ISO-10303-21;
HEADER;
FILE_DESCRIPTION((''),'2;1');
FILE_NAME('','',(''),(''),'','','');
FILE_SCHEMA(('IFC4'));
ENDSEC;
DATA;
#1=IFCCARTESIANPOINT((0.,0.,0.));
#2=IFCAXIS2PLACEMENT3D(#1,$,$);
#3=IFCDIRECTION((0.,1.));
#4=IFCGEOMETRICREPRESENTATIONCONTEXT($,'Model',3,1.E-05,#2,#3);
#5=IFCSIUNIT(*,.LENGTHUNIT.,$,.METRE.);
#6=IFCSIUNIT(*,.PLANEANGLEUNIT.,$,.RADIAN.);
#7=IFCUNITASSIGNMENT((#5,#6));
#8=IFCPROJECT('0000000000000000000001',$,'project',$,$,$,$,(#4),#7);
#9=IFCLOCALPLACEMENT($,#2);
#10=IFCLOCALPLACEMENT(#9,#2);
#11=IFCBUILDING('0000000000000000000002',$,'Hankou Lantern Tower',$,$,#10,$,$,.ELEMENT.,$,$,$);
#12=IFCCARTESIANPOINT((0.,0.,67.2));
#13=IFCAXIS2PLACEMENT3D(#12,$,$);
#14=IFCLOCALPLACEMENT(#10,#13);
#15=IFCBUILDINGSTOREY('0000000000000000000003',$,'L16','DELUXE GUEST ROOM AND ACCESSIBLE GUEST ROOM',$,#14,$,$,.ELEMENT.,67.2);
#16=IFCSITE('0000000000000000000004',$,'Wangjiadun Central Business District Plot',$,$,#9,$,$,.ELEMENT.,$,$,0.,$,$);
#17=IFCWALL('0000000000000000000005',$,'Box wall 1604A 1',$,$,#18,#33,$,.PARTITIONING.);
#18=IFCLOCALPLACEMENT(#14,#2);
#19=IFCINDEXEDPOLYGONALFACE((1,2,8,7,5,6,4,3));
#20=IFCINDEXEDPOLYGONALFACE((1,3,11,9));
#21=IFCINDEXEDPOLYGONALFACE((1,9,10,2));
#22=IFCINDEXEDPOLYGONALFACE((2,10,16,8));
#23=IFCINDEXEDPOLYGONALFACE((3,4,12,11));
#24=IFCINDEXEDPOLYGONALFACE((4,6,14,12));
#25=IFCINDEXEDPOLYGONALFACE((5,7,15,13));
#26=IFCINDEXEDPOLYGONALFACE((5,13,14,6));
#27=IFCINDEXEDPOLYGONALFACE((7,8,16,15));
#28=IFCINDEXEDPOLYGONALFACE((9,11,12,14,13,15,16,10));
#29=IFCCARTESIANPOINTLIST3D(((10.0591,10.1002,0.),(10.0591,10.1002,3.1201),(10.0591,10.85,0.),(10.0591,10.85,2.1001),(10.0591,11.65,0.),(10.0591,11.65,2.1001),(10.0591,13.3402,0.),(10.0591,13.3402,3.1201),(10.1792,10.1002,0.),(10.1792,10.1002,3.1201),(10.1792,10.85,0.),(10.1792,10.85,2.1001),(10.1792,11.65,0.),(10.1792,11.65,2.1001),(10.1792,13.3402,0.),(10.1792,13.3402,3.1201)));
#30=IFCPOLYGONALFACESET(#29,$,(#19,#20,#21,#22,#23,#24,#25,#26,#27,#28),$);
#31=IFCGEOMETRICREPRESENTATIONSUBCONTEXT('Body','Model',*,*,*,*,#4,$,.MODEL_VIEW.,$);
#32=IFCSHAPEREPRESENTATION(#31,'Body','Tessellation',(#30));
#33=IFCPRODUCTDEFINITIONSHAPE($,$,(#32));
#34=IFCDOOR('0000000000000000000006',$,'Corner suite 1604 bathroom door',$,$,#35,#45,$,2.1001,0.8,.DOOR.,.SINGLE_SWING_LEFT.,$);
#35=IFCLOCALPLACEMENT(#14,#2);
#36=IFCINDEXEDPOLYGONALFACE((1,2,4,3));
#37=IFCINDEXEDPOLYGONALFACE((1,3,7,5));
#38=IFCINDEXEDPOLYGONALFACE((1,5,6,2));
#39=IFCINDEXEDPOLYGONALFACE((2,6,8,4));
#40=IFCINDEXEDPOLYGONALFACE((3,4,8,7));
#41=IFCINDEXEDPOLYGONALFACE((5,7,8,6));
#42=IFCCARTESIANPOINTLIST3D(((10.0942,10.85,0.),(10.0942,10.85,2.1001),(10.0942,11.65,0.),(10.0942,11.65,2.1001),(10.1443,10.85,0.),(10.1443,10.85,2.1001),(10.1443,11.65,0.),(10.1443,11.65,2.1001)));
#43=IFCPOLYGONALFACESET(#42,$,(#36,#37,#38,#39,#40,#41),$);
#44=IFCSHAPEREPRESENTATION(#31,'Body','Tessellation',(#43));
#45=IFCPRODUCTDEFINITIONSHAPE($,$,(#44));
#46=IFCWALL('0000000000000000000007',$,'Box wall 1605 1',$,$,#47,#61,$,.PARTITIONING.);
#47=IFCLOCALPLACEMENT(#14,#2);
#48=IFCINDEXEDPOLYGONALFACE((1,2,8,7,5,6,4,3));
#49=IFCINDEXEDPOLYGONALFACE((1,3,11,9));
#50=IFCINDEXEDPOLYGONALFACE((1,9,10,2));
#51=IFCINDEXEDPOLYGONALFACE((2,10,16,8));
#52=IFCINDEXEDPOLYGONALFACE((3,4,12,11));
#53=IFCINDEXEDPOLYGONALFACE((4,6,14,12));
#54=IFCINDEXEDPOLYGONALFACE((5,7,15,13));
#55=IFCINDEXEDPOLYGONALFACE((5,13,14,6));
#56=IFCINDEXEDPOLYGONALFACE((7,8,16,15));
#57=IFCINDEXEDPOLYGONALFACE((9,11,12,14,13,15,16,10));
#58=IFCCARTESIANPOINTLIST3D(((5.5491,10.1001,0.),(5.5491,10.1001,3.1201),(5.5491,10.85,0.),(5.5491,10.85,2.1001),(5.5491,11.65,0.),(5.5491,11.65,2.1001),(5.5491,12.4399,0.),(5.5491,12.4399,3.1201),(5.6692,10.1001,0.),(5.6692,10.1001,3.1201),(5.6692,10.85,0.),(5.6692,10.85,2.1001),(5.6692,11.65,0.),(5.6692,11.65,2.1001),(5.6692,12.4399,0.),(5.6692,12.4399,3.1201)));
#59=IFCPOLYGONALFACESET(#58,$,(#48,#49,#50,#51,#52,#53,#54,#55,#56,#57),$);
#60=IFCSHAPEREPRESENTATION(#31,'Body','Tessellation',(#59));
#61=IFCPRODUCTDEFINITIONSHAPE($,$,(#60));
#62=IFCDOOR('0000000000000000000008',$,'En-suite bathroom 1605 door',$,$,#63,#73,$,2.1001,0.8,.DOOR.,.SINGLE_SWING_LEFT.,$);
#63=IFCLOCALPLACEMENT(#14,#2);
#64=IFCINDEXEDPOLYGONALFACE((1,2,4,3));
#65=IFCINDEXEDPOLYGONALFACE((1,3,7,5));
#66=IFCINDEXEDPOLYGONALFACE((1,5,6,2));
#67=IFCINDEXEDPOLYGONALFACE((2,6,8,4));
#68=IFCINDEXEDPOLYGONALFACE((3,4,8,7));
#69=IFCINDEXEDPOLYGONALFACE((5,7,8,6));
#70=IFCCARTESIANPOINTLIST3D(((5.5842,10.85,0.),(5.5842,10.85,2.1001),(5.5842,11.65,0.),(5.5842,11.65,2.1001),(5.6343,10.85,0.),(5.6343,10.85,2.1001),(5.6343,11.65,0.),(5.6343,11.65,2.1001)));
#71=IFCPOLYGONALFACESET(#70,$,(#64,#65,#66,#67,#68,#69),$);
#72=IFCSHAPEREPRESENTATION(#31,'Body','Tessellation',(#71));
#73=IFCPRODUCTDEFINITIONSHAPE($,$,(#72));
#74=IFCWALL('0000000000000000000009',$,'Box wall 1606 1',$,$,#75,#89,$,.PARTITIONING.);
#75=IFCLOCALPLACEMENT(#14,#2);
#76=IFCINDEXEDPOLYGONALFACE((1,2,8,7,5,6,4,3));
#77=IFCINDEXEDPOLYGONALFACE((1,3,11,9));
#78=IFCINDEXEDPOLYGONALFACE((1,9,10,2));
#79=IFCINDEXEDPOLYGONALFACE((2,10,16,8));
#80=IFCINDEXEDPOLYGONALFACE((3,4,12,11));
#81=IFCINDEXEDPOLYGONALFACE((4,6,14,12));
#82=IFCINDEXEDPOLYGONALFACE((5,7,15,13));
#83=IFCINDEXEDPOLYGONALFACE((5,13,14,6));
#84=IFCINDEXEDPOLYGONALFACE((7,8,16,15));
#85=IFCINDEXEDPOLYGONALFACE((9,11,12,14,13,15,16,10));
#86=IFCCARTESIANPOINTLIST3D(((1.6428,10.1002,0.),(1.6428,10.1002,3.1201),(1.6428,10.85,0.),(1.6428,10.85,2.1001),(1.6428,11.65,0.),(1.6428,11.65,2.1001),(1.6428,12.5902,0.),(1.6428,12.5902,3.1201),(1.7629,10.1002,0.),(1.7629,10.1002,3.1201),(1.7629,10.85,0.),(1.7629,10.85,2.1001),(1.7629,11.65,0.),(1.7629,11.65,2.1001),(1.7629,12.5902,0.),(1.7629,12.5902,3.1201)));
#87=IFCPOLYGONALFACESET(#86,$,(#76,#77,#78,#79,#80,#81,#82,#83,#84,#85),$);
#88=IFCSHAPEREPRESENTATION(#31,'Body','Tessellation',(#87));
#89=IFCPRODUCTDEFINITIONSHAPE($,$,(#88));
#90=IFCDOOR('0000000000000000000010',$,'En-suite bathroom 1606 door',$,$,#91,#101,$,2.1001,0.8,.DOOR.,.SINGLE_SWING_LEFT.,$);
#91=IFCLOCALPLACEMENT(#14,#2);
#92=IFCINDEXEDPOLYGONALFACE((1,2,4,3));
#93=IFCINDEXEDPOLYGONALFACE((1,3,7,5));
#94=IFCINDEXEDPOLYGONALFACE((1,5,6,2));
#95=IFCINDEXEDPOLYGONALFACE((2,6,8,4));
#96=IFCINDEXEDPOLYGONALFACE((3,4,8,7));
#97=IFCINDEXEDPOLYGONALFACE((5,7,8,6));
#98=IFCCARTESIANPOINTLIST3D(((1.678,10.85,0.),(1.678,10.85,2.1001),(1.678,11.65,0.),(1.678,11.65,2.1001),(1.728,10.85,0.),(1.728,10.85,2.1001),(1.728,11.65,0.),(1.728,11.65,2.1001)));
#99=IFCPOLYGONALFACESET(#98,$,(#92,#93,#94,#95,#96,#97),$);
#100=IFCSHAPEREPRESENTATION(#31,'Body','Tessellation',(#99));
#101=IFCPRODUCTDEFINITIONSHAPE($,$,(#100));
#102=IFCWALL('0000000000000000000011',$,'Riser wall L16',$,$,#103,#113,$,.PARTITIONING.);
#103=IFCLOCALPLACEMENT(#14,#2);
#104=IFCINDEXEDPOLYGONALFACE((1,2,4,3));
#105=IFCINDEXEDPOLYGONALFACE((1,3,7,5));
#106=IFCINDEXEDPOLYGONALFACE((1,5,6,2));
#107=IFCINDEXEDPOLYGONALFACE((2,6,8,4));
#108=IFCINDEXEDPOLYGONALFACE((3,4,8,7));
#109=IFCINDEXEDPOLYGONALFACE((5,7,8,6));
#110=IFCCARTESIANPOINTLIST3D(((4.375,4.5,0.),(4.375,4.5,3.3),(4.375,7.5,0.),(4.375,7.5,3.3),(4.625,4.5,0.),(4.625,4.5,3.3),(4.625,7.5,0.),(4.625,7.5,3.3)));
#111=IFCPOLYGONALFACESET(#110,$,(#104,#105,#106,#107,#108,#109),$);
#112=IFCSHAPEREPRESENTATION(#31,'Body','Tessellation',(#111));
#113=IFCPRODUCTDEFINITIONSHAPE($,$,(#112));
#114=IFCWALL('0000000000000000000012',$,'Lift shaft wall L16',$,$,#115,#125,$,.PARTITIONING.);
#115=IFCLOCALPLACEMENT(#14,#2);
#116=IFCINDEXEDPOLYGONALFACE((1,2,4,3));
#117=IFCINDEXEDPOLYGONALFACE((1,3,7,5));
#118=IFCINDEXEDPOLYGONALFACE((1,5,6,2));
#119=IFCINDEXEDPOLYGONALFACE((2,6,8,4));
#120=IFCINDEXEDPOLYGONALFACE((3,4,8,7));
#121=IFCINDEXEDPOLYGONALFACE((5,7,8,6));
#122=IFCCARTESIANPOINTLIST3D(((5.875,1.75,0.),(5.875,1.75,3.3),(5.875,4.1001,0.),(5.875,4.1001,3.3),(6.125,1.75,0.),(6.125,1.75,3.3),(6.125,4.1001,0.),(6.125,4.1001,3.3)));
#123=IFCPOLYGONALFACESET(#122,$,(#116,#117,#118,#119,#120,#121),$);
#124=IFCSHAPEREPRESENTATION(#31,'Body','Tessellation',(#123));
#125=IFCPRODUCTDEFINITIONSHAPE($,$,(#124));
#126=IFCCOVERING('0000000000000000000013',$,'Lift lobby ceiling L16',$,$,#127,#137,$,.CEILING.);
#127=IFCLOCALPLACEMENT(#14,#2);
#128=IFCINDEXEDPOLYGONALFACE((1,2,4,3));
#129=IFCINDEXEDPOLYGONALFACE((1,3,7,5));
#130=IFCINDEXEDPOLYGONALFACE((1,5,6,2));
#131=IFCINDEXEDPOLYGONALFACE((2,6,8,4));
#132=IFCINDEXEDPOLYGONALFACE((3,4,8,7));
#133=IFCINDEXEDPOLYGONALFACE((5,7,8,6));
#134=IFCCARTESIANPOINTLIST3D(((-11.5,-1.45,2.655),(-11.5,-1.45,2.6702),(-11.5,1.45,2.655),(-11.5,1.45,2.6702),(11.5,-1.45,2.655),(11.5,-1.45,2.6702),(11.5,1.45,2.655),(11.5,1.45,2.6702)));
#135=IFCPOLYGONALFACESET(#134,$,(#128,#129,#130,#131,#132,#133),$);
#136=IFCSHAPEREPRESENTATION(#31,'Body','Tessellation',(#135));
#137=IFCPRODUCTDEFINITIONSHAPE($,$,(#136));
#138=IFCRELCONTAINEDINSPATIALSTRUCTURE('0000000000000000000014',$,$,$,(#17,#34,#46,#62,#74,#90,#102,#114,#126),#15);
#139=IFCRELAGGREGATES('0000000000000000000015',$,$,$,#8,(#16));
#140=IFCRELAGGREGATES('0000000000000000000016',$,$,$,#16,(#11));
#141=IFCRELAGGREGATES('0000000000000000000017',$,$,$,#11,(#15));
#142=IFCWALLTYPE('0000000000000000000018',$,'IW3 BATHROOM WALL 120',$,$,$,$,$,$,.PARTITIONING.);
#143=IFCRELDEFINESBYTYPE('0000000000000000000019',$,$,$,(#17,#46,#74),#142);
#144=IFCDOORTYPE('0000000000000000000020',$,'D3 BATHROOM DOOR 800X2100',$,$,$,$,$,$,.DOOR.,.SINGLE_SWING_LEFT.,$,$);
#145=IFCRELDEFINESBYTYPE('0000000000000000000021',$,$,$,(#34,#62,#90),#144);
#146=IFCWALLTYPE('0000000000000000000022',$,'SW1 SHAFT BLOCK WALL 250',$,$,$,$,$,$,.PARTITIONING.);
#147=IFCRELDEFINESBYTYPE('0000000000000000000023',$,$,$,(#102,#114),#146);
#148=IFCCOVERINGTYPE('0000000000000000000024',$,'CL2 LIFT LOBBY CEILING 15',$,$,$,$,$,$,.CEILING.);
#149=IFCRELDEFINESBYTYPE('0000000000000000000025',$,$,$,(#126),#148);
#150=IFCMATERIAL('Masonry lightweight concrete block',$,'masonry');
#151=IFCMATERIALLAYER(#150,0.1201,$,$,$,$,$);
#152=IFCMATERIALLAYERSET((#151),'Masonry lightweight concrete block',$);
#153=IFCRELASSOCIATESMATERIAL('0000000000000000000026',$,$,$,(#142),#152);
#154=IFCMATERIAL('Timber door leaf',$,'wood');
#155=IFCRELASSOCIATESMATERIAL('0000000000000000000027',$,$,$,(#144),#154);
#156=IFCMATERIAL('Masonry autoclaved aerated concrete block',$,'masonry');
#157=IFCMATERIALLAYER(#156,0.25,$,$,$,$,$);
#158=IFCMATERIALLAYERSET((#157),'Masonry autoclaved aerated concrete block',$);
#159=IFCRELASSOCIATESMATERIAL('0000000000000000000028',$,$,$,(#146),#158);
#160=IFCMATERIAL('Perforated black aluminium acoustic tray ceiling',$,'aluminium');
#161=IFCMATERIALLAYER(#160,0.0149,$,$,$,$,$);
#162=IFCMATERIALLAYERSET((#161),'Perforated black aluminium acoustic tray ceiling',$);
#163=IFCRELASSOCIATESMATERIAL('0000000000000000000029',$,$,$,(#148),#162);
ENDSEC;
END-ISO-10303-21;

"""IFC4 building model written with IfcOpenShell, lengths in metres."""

from ifc_helpers import new_model, si_unit, direction, frame, frame_2d, origin, place, context, subcontext, project, spatial, polyline, rectangle, outline, extrude, material, layer, layer_set, type_object, element, fill, save


model = new_model("IFC4")

# Units and contexts
model_context = context("Model", 3, precision=1e-05, world=origin(), true_north=direction((0.0, 1.0)))
body_context = subcontext(model_context, "Body", "Model", "MODEL_VIEW")
ifc_project = project(units=[si_unit("LENGTHUNIT", "METRE"), si_unit("PLANEANGLEUNIT", "RADIAN")], contexts=[model_context])

# Site, building, storey
site_placement = place(None, origin())
site = spatial("IfcSite", under=ifc_project, at=site_placement, Name="Wangjiadun Central Business District Plot", CompositionType="ELEMENT", RefElevation=0.0)
building_placement = place(site_placement, origin())
building = spatial("IfcBuilding", under=site, at=building_placement, Name="Hankou Lantern Tower", CompositionType="ELEMENT")
storey_placement = place(building_placement, frame((0.0, 0.0, 67.2)))
storey = spatial("IfcBuildingStorey", under=building, at=storey_placement, Name="L16", Description="DELUXE GUEST ROOM AND ACCESSIBLE GUEST ROOM", CompositionType="ELEMENT", Elevation=67.2)

# Walls, openings, doors
ifc_material_1 = material(Name="Masonry lightweight concrete block", Category="masonry")
ifc_layer_1 = layer(ifc_material_1, 0.1201)
ifc_layer_set_1 = layer_set([ifc_layer_1], Name="Masonry lightweight concrete block")
wall_type_1 = type_object("IfcWallType", Name="IW3 BATHROOM WALL 120", PredefinedType="PARTITIONING", material=ifc_layer_set_1)
wall_1_placement = place(storey_placement, frame((10.1191, 10.1001, 0.0), z_axis=(0.0, 0.0, 1.0), x_axis=(0.0, 1.0, 0.0)))
wall_1 = element("IfcWall", 1, at=wall_1_placement, inside=storey, type_object=wall_type_1, Name="Box wall 1604A 1", PredefinedType="PARTITIONING", context=body_context, shape_type="SweptSolid", body=[
    extrude(rectangle(XDim=3.24, YDim=0.1201, at=frame_2d((1.6201, 0.0))), origin(), (0.0, 0.0, 1.0), 3.1201),
])
opening_1_placement = place(wall_1_placement, frame((0.75, 0.0, 0.0)))
opening_1 = element("IfcOpeningElement", 2, at=opening_1_placement, cuts=wall_1, PredefinedType="OPENING", context=body_context, shape_type="SweptSolid", body=[
    extrude(rectangle(XDim=0.8, YDim=2.1001, at=frame_2d((0.3999, 1.05))), frame((0.0, 0.0701, 0.0), z_axis=(0.0, -1.0, 0.0), x_axis=(1.0, 0.0, 0.0)), (0.0, 0.0, 1.0), 0.1401),
])
ifc_material_2 = material(Name="Timber door leaf", Category="wood")
door_type_1 = type_object("IfcDoorType", Name="D3 BATHROOM DOOR 800X2100", OperationType="SINGLE_SWING_LEFT", PredefinedType="DOOR", material=ifc_material_2)
door_1_placement = place(opening_1_placement, origin())
door_1 = element("IfcDoor", 3, at=door_1_placement, inside=storey, type_object=door_type_1, Name="Corner suite 1604 bathroom door", OperationType="SINGLE_SWING_LEFT", OverallHeight=2.1001, OverallWidth=0.8, PredefinedType="DOOR", context=body_context, shape_type="SweptSolid", body=[
    extrude(rectangle(XDim=0.8, YDim=2.1001, at=frame_2d((0.3999, 1.05))), frame((0.0, 0.0249, 0.0), z_axis=(0.0, -1.0, 0.0), x_axis=(1.0, 0.0, 0.0)), (0.0, 0.0, 1.0), 0.05),
])
fill(opening_1, door_1)
wall_2_placement = place(storey_placement, frame((5.6091, 10.1001, 0.0), z_axis=(0.0, 0.0, 1.0), x_axis=(0.0, 1.0, 0.0)))
wall_2 = element("IfcWall", 4, at=wall_2_placement, inside=storey, type_object=wall_type_1, Name="Box wall 1605 1", PredefinedType="PARTITIONING", context=body_context, shape_type="SweptSolid", body=[
    extrude(rectangle(XDim=2.3398, YDim=0.1201, at=frame_2d((1.1699, 0.0))), origin(), (0.0, 0.0, 1.0), 3.1201),
])
opening_2_placement = place(wall_2_placement, frame((0.75, 0.0, 0.0)))
opening_2 = element("IfcOpeningElement", 5, at=opening_2_placement, cuts=wall_2, PredefinedType="OPENING", context=body_context, shape_type="SweptSolid", body=[
    extrude(rectangle(XDim=0.8, YDim=2.1001, at=frame_2d((0.3999, 1.05))), frame((0.0, 0.0701, 0.0), z_axis=(0.0, -1.0, 0.0), x_axis=(1.0, 0.0, 0.0)), (0.0, 0.0, 1.0), 0.1401),
])
door_2_placement = place(opening_2_placement, origin())
door_2 = element("IfcDoor", 6, at=door_2_placement, inside=storey, type_object=door_type_1, Name="En-suite bathroom 1605 door", OperationType="SINGLE_SWING_LEFT", OverallHeight=2.1001, OverallWidth=0.8, PredefinedType="DOOR", context=body_context, shape_type="SweptSolid", body=[
    extrude(rectangle(XDim=0.8, YDim=2.1001, at=frame_2d((0.3999, 1.05))), frame((0.0, 0.0249, 0.0), z_axis=(0.0, -1.0, 0.0), x_axis=(1.0, 0.0, 0.0)), (0.0, 0.0, 1.0), 0.05),
])
fill(opening_2, door_2)
wall_3_placement = place(storey_placement, frame((1.7029, 10.1001, 0.0), z_axis=(0.0, 0.0, 1.0), x_axis=(0.0, 1.0, 0.0)))
wall_3 = element("IfcWall", 7, at=wall_3_placement, inside=storey, type_object=wall_type_1, Name="Box wall 1606 1", PredefinedType="PARTITIONING", context=body_context, shape_type="SweptSolid", body=[
    extrude(rectangle(XDim=2.49, YDim=0.1201, at=frame_2d((1.2451, 0.0))), origin(), (0.0, 0.0, 1.0), 3.1201),
])
opening_3_placement = place(wall_3_placement, frame((0.75, 0.0, 0.0)))
opening_3 = element("IfcOpeningElement", 8, at=opening_3_placement, cuts=wall_3, PredefinedType="OPENING", context=body_context, shape_type="SweptSolid", body=[
    extrude(rectangle(XDim=0.8, YDim=2.1001, at=frame_2d((0.3999, 1.05))), frame((0.0, 0.0701, 0.0), z_axis=(0.0, -1.0, 0.0), x_axis=(1.0, 0.0, 0.0)), (0.0, 0.0, 1.0), 0.1401),
])
door_3_placement = place(opening_3_placement, origin())
door_3 = element("IfcDoor", 9, at=door_3_placement, inside=storey, type_object=door_type_1, Name="En-suite bathroom 1606 door", OperationType="SINGLE_SWING_LEFT", OverallHeight=2.1001, OverallWidth=0.8, PredefinedType="DOOR", context=body_context, shape_type="SweptSolid", body=[
    extrude(rectangle(XDim=0.8, YDim=2.1001, at=frame_2d((0.3999, 1.05))), frame((0.0, 0.0249, 0.0), z_axis=(0.0, -1.0, 0.0), x_axis=(1.0, 0.0, 0.0)), (0.0, 0.0, 1.0), 0.05),
])
fill(opening_3, door_3)

# Walls
ifc_material_3 = material(Name="Masonry autoclaved aerated concrete block", Category="masonry")
ifc_layer_2 = layer(ifc_material_3, 0.25)
ifc_layer_set_2 = layer_set([ifc_layer_2], Name="Masonry autoclaved aerated concrete block")
wall_type_2 = type_object("IfcWallType", Name="SW1 SHAFT BLOCK WALL 250", PredefinedType="PARTITIONING", material=ifc_layer_set_2)
wall_4_placement = place(storey_placement, frame((4.5, 4.5, 0.0), z_axis=(0.0, 0.0, 1.0), x_axis=(0.0, 1.0, 0.0)))
element("IfcWall", 10, at=wall_4_placement, inside=storey, type_object=wall_type_2, Name="Riser wall L16", PredefinedType="PARTITIONING", context=body_context, shape_type="SweptSolid", body=[
    extrude(rectangle(XDim=3.0, YDim=0.25, at=frame_2d((1.5, 0.0))), origin(), (0.0, 0.0, 1.0), 3.3),
])
wall_5_placement = place(storey_placement, frame((6.0, 1.75, 0.0), z_axis=(0.0, 0.0, 1.0), x_axis=(0.0, 1.0, 0.0)))
element("IfcWall", 11, at=wall_5_placement, inside=storey, type_object=wall_type_2, Name="Lift shaft wall L16", PredefinedType="PARTITIONING", context=body_context, shape_type="SweptSolid", body=[
    extrude(rectangle(XDim=2.3501, YDim=0.25, at=frame_2d((1.175, 0.0))), origin(), (0.0, 0.0, 1.0), 3.3),
])

# Covering
ifc_material_4 = material(Name="Perforated black aluminium acoustic tray ceiling", Category="aluminium")
ifc_layer_3 = layer(ifc_material_4, 0.0149)
ifc_layer_set_3 = layer_set([ifc_layer_3], Name="Perforated black aluminium acoustic tray ceiling")
covering_type = type_object("IfcCoveringType", Name="CL2 LIFT LOBBY CEILING 15", PredefinedType="CEILING", material=ifc_layer_set_3)
covering_placement = place(storey_placement, frame((0.0, 0.0, 2.655)))
element("IfcCovering", 12, at=covering_placement, inside=storey, type_object=covering_type, Name="Lift lobby ceiling L16", PredefinedType="CEILING", context=body_context, shape_type="SweptSolid", body=[
    extrude(outline(polyline([(-11.5, -1.45), (11.5, -1.45), (11.5, 1.45), (-11.5, 1.45), (-11.5, -1.45)])), origin(), (0.0, 0.0, 1.0), 0.0151),
])

save(model, "model.ifc")
